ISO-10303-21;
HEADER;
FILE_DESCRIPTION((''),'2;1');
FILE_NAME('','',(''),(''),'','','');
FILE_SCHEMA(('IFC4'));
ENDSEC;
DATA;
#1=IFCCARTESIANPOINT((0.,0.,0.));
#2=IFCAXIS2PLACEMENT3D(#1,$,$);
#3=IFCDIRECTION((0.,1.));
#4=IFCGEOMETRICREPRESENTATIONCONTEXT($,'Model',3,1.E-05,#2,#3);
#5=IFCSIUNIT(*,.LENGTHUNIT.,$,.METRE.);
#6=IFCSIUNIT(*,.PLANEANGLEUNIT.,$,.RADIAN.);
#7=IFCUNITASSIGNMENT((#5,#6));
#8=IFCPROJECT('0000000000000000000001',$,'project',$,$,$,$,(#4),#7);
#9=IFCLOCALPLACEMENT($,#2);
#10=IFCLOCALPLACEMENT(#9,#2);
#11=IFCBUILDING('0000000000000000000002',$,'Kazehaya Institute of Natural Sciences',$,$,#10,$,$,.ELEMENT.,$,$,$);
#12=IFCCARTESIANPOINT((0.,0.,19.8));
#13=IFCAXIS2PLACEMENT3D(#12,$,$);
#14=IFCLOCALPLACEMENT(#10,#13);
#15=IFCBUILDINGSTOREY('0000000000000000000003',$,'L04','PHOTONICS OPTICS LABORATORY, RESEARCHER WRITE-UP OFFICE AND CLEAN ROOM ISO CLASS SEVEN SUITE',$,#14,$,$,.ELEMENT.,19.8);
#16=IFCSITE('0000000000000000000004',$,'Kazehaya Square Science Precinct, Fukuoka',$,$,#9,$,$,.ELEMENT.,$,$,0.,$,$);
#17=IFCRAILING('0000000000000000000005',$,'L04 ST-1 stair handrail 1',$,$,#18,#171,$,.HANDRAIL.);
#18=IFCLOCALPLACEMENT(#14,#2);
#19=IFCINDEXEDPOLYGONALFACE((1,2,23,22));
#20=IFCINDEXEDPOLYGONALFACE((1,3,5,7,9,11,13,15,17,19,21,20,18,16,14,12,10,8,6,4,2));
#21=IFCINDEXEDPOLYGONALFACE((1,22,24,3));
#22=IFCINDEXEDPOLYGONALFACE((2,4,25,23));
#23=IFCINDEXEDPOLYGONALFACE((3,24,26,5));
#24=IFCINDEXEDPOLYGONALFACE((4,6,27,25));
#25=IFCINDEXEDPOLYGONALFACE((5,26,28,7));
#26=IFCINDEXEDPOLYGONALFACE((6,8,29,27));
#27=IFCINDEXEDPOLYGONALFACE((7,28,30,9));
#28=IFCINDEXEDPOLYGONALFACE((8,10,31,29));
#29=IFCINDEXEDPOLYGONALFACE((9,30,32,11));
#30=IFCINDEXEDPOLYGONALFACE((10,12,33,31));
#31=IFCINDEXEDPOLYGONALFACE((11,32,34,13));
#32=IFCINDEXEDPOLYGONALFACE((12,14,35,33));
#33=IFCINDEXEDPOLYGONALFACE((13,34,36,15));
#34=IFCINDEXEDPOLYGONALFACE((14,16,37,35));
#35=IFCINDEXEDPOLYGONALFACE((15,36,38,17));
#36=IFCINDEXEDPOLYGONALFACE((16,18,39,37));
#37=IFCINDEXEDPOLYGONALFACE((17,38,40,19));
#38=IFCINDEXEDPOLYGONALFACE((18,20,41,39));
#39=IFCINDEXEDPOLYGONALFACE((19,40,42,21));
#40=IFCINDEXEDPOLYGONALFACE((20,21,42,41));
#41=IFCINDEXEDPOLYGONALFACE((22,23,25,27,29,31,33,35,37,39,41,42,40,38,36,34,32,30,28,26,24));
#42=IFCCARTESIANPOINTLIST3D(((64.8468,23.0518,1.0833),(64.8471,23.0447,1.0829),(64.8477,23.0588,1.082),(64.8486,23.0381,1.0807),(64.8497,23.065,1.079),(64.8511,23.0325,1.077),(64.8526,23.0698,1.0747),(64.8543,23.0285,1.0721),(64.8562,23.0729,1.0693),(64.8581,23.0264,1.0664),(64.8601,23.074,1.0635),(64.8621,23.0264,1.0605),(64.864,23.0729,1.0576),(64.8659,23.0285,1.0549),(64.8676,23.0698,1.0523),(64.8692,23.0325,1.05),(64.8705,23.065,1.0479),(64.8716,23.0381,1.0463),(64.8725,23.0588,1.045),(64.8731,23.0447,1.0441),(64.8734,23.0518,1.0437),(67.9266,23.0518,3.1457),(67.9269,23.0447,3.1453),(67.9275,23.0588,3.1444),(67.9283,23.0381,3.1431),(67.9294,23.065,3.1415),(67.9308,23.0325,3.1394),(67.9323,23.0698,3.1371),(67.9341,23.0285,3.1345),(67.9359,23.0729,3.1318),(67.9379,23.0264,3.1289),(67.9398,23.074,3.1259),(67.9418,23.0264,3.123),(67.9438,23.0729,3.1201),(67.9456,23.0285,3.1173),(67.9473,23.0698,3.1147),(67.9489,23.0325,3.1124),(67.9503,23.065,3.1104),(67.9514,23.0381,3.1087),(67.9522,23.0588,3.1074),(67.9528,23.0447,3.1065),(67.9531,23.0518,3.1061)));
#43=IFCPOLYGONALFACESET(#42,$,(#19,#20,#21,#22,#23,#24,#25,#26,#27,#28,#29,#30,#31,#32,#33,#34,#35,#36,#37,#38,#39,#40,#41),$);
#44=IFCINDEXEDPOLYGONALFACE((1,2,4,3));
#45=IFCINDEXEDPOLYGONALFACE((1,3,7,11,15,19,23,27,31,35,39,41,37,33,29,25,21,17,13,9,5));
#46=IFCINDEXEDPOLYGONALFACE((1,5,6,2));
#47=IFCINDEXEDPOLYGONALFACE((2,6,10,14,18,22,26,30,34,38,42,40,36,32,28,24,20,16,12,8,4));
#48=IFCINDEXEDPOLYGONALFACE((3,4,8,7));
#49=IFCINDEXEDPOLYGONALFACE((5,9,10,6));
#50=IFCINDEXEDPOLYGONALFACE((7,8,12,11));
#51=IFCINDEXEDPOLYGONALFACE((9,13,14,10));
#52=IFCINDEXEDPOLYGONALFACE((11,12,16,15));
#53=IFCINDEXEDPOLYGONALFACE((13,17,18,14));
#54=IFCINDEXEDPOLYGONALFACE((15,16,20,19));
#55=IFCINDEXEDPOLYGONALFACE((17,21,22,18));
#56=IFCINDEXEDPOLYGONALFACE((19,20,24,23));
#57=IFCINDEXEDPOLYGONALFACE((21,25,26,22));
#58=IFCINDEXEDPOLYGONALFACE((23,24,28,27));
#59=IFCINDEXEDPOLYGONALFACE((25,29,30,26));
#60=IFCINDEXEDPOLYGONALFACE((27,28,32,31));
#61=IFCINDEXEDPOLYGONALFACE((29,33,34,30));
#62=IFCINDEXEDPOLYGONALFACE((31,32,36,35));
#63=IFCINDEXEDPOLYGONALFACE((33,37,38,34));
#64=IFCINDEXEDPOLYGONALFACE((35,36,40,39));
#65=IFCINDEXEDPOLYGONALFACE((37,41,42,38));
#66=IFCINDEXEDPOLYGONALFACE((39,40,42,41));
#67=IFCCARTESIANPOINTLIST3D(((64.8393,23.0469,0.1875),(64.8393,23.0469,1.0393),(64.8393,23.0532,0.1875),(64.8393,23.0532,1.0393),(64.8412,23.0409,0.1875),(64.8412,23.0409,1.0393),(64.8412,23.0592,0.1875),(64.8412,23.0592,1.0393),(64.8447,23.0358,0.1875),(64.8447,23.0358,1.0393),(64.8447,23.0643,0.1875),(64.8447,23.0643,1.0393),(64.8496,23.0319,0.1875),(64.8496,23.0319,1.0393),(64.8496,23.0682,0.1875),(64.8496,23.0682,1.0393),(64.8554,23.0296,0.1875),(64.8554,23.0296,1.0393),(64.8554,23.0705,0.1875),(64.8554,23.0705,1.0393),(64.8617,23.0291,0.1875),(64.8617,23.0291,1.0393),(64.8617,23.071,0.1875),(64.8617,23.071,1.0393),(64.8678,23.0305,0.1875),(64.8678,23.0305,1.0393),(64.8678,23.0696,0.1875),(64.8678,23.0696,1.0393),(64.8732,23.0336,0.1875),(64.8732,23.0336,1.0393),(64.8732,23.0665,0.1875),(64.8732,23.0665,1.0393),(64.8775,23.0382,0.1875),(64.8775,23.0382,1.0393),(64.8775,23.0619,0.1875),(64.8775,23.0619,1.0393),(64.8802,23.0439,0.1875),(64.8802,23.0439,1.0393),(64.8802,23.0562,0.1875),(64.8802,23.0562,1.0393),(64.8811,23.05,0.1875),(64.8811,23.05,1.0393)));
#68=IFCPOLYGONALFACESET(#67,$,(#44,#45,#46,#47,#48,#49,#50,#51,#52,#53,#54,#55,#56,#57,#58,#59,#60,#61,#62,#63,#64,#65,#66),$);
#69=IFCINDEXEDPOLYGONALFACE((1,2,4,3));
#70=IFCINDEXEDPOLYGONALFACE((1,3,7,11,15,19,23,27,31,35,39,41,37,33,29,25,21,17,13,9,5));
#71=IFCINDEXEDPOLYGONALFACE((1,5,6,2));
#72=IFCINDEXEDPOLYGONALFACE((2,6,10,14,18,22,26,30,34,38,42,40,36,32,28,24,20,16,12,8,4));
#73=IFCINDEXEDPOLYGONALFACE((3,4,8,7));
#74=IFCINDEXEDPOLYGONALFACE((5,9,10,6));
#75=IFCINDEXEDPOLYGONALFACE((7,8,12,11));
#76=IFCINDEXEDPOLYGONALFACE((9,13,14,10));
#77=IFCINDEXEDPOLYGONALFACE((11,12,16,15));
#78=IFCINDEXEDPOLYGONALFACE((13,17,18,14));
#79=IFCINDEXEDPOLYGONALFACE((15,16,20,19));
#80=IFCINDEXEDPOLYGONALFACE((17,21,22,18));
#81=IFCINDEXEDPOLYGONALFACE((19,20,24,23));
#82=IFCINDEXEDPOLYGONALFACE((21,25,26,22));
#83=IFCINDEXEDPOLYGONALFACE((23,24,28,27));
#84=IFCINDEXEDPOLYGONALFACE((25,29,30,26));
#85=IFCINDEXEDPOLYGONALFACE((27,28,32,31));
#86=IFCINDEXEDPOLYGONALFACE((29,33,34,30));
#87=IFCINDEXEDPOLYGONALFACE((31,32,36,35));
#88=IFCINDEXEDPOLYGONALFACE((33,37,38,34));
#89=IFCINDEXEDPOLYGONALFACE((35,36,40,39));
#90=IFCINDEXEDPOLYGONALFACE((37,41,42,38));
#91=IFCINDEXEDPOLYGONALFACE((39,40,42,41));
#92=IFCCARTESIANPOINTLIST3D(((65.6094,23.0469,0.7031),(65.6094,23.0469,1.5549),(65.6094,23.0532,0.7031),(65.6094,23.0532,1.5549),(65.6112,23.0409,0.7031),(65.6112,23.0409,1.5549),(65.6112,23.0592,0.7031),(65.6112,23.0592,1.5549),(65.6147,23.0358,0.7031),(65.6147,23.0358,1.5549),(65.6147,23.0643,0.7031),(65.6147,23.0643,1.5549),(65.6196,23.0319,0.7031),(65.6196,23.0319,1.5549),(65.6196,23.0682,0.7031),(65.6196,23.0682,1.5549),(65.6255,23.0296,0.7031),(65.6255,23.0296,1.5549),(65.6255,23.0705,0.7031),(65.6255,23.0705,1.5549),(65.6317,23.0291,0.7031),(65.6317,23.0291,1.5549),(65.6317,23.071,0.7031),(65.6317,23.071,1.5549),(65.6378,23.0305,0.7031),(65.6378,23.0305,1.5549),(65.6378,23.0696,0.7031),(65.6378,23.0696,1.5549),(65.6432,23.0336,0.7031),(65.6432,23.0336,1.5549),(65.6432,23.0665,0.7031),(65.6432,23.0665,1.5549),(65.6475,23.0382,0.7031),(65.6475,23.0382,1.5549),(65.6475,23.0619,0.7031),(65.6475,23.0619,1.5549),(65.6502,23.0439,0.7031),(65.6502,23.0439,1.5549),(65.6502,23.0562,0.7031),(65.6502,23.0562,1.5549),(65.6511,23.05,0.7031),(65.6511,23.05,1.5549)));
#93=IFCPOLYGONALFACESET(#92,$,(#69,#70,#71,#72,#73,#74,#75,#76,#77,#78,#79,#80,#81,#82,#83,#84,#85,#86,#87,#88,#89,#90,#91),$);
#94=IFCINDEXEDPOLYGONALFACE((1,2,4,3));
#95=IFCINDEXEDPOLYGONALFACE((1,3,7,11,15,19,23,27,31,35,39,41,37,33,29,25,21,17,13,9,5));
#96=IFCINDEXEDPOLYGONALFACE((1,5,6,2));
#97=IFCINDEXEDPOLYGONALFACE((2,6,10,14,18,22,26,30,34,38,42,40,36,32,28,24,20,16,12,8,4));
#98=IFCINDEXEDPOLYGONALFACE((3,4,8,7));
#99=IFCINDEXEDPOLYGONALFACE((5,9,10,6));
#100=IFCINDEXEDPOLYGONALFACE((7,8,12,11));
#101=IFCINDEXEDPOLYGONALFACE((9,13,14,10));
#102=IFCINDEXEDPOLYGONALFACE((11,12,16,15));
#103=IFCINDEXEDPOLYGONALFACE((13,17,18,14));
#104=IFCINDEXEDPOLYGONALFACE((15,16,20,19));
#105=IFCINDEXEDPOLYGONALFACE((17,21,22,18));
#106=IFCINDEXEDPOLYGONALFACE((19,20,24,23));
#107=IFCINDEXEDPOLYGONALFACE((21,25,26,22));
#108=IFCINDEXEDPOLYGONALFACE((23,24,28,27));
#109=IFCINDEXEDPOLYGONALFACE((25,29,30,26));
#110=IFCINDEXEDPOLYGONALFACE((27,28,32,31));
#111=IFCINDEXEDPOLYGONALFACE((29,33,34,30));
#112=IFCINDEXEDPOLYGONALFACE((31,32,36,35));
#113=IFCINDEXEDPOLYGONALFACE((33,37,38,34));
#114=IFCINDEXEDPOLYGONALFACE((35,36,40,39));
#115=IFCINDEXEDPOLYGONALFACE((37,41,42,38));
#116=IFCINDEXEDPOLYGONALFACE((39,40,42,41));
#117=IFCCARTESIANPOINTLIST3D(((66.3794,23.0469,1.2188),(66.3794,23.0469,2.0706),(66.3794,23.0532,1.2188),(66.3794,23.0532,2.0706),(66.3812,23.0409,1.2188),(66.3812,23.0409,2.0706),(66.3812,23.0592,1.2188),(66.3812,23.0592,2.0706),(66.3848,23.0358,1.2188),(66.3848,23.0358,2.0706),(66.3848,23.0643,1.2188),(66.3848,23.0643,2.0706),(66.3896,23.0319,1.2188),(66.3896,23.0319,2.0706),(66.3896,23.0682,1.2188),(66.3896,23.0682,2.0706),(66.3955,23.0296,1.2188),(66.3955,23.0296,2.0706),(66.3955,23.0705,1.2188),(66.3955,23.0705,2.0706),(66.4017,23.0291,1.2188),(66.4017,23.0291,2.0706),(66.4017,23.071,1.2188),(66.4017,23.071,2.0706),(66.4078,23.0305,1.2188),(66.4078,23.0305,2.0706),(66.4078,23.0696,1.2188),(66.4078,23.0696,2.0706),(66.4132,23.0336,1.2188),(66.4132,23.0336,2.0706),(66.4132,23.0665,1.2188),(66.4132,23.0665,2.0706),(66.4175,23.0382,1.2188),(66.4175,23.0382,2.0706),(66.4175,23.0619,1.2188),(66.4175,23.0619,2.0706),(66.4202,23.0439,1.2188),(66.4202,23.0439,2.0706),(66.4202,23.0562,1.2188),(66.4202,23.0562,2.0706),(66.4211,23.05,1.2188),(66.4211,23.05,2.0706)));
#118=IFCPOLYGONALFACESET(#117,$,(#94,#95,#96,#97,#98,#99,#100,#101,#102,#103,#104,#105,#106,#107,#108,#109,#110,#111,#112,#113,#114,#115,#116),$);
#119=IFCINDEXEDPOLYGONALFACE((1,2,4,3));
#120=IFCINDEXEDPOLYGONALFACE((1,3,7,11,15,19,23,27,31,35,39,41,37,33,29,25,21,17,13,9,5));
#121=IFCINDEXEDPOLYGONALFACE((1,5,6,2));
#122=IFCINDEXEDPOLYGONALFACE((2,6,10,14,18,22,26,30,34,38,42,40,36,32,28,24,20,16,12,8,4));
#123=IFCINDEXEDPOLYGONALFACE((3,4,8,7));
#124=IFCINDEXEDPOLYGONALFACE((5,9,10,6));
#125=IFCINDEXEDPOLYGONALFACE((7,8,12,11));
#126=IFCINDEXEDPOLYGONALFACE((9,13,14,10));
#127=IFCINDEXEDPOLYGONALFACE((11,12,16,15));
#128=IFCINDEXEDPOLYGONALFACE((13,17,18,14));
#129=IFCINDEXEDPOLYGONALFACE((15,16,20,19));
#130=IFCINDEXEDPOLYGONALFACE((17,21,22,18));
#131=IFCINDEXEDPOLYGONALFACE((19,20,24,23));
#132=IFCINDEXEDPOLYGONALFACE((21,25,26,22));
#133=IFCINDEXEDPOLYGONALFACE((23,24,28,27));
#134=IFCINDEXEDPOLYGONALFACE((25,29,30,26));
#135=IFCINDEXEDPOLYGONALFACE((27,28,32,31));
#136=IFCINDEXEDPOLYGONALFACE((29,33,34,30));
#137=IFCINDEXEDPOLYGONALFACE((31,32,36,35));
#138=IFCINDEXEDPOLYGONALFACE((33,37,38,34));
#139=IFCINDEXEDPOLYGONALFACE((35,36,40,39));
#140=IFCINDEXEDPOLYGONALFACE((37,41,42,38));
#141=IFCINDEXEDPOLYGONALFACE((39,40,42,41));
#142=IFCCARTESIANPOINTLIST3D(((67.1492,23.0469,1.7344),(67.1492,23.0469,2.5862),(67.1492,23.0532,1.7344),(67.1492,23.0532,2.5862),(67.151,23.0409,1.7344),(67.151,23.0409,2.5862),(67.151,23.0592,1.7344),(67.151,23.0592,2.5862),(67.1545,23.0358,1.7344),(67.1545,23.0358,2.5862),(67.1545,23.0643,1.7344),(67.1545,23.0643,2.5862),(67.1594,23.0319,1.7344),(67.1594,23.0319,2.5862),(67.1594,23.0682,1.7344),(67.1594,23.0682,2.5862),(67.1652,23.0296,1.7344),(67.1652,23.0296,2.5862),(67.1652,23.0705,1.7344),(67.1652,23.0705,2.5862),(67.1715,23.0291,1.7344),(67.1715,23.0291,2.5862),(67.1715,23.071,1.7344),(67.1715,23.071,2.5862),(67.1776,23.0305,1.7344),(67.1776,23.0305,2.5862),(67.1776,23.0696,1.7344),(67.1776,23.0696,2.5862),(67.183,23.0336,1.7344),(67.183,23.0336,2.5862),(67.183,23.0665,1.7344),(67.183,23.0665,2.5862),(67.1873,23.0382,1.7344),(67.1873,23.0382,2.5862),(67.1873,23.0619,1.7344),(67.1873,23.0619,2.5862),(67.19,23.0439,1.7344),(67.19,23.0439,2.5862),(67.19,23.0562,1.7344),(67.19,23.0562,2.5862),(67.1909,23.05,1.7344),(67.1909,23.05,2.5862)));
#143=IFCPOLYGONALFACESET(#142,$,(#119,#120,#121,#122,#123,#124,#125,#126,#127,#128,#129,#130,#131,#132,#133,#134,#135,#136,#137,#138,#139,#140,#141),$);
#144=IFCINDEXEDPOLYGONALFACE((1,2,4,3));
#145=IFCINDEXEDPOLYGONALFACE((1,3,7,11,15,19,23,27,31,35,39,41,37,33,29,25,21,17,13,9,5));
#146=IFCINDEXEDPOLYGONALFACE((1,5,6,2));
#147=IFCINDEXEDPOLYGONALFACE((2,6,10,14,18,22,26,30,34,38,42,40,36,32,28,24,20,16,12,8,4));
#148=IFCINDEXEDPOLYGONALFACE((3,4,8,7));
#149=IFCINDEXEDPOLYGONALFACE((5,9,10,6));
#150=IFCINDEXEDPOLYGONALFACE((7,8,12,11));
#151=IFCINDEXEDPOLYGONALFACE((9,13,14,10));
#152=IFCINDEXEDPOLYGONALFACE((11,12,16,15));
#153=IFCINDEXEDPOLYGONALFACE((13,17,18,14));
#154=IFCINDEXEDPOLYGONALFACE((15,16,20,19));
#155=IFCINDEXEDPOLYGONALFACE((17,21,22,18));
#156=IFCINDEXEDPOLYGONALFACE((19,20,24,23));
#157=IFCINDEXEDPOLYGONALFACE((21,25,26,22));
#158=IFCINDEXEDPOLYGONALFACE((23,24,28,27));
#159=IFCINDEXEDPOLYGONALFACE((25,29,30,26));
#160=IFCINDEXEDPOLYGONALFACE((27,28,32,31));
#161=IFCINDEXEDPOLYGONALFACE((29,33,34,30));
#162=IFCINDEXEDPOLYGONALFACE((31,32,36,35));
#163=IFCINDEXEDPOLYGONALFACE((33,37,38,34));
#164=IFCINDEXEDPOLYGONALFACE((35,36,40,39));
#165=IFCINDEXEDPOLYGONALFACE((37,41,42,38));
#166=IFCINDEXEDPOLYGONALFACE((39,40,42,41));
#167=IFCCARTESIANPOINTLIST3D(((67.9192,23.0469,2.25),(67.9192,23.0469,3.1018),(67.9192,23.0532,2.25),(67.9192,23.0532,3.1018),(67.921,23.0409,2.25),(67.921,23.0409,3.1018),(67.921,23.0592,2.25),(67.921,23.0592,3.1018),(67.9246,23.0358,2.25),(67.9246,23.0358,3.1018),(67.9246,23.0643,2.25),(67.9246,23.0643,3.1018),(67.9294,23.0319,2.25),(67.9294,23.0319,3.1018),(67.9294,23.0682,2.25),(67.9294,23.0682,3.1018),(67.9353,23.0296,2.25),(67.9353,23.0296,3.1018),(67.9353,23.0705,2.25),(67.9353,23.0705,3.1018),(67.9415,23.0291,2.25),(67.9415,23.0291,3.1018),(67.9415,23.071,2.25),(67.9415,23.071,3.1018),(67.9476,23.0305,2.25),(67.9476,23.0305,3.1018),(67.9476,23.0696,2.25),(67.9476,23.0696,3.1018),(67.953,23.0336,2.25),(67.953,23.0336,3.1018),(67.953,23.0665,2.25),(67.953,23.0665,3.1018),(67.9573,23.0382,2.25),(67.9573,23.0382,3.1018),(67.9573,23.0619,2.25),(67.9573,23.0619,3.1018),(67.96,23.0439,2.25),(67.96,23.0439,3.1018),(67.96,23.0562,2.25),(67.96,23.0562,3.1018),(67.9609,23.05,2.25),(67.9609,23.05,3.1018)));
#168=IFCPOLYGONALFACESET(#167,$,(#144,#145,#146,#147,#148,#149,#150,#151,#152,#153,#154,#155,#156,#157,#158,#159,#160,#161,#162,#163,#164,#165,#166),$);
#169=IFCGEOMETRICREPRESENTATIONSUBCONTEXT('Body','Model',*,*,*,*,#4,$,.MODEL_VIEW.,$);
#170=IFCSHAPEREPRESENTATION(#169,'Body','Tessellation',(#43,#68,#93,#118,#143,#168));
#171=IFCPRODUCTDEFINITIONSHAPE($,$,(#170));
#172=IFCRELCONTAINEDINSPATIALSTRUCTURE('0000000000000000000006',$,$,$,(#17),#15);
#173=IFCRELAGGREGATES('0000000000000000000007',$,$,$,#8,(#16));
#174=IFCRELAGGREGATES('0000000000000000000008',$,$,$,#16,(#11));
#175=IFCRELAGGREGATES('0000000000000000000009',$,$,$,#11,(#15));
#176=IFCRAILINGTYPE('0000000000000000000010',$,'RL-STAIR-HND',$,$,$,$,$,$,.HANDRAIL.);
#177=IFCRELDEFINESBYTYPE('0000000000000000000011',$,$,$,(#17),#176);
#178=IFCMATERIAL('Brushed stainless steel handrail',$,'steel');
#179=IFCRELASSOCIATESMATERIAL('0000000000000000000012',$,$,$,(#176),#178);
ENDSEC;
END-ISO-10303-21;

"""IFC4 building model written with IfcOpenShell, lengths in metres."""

from ifc_helpers import new_model, si_unit, direction, frame, origin, origin_2d, place, context, subcontext, project, spatial, circle, extrude, material, type_object, element, save


model = new_model("IFC4")

# Units and contexts
model_context = context("Model", 3, precision=1e-05, world=origin(), true_north=direction((0.0, 1.0)))
body_context = subcontext(model_context, "Body", "Model", "MODEL_VIEW")
ifc_project = project(units=[si_unit("LENGTHUNIT", "METRE"), si_unit("PLANEANGLEUNIT", "RADIAN")], contexts=[model_context])

# Site, building, storey
site_placement = place(None, origin())
site = spatial("IfcSite", under=ifc_project, at=site_placement, Name="Kazehaya Square Science Precinct, Fukuoka", CompositionType="ELEMENT", RefElevation=0.0)
building_placement = place(site_placement, origin())
building = spatial("IfcBuilding", under=site, at=building_placement, Name="Kazehaya Institute of Natural Sciences", CompositionType="ELEMENT")
storey_placement = place(building_placement, frame((0.0, 0.0, 19.8)))
storey = spatial("IfcBuildingStorey", under=building, at=storey_placement, Name="L04", Description="PHOTONICS OPTICS LABORATORY, RESEARCHER WRITE-UP OFFICE AND CLEAN ROOM ISO CLASS SEVEN SUITE", CompositionType="ELEMENT", Elevation=19.8)

# Railing
ifc_material_1 = material(Name="Brushed stainless steel handrail", Category="steel")
railing_type_1 = type_object("IfcRailingType", Name="RL-STAIR-HND", PredefinedType="HANDRAIL", material=ifc_material_1)
railing_1_placement = place(storey_placement, frame((64.8601, 23.05, 0.1875)))
element("IfcRailing", 1, at=railing_1_placement, inside=storey, type_object=railing_type_1, Name="L04 ST-1 stair handrail 1", PredefinedType="HANDRAIL", context=body_context, shape_type="SweptSolid", body=[
    extrude(circle(Radius=0.0239, at=origin_2d()), frame((0.0, 0.0, 0.876), z_axis=(0.830893, 0.0, 0.556432), x_axis=(0.0, 1.0, 0.0)), (0.0, 0.0, 1.0), 3.7065),
    extrude(circle(Radius=0.021, at=origin_2d()), origin(), (0.0, 0.0, 1.0), 0.8518),
    extrude(circle(Radius=0.021, at=origin_2d()), frame((0.77, 0.0, 0.5156)), (0.0, 0.0, 1.0), 0.8518),
    extrude(circle(Radius=0.021, at=origin_2d()), frame((1.54, 0.0, 1.0312)), (0.0, 0.0, 1.0), 0.8518),
    extrude(circle(Radius=0.021, at=origin_2d()), frame((2.3098, 0.0, 1.5469)), (0.0, 0.0, 1.0), 0.8518),
    extrude(circle(Radius=0.021, at=origin_2d()), frame((3.0798, 0.0, 2.0625)), (0.0, 0.0, 1.0), 0.8518),
])

save(model, "model.ifc")
